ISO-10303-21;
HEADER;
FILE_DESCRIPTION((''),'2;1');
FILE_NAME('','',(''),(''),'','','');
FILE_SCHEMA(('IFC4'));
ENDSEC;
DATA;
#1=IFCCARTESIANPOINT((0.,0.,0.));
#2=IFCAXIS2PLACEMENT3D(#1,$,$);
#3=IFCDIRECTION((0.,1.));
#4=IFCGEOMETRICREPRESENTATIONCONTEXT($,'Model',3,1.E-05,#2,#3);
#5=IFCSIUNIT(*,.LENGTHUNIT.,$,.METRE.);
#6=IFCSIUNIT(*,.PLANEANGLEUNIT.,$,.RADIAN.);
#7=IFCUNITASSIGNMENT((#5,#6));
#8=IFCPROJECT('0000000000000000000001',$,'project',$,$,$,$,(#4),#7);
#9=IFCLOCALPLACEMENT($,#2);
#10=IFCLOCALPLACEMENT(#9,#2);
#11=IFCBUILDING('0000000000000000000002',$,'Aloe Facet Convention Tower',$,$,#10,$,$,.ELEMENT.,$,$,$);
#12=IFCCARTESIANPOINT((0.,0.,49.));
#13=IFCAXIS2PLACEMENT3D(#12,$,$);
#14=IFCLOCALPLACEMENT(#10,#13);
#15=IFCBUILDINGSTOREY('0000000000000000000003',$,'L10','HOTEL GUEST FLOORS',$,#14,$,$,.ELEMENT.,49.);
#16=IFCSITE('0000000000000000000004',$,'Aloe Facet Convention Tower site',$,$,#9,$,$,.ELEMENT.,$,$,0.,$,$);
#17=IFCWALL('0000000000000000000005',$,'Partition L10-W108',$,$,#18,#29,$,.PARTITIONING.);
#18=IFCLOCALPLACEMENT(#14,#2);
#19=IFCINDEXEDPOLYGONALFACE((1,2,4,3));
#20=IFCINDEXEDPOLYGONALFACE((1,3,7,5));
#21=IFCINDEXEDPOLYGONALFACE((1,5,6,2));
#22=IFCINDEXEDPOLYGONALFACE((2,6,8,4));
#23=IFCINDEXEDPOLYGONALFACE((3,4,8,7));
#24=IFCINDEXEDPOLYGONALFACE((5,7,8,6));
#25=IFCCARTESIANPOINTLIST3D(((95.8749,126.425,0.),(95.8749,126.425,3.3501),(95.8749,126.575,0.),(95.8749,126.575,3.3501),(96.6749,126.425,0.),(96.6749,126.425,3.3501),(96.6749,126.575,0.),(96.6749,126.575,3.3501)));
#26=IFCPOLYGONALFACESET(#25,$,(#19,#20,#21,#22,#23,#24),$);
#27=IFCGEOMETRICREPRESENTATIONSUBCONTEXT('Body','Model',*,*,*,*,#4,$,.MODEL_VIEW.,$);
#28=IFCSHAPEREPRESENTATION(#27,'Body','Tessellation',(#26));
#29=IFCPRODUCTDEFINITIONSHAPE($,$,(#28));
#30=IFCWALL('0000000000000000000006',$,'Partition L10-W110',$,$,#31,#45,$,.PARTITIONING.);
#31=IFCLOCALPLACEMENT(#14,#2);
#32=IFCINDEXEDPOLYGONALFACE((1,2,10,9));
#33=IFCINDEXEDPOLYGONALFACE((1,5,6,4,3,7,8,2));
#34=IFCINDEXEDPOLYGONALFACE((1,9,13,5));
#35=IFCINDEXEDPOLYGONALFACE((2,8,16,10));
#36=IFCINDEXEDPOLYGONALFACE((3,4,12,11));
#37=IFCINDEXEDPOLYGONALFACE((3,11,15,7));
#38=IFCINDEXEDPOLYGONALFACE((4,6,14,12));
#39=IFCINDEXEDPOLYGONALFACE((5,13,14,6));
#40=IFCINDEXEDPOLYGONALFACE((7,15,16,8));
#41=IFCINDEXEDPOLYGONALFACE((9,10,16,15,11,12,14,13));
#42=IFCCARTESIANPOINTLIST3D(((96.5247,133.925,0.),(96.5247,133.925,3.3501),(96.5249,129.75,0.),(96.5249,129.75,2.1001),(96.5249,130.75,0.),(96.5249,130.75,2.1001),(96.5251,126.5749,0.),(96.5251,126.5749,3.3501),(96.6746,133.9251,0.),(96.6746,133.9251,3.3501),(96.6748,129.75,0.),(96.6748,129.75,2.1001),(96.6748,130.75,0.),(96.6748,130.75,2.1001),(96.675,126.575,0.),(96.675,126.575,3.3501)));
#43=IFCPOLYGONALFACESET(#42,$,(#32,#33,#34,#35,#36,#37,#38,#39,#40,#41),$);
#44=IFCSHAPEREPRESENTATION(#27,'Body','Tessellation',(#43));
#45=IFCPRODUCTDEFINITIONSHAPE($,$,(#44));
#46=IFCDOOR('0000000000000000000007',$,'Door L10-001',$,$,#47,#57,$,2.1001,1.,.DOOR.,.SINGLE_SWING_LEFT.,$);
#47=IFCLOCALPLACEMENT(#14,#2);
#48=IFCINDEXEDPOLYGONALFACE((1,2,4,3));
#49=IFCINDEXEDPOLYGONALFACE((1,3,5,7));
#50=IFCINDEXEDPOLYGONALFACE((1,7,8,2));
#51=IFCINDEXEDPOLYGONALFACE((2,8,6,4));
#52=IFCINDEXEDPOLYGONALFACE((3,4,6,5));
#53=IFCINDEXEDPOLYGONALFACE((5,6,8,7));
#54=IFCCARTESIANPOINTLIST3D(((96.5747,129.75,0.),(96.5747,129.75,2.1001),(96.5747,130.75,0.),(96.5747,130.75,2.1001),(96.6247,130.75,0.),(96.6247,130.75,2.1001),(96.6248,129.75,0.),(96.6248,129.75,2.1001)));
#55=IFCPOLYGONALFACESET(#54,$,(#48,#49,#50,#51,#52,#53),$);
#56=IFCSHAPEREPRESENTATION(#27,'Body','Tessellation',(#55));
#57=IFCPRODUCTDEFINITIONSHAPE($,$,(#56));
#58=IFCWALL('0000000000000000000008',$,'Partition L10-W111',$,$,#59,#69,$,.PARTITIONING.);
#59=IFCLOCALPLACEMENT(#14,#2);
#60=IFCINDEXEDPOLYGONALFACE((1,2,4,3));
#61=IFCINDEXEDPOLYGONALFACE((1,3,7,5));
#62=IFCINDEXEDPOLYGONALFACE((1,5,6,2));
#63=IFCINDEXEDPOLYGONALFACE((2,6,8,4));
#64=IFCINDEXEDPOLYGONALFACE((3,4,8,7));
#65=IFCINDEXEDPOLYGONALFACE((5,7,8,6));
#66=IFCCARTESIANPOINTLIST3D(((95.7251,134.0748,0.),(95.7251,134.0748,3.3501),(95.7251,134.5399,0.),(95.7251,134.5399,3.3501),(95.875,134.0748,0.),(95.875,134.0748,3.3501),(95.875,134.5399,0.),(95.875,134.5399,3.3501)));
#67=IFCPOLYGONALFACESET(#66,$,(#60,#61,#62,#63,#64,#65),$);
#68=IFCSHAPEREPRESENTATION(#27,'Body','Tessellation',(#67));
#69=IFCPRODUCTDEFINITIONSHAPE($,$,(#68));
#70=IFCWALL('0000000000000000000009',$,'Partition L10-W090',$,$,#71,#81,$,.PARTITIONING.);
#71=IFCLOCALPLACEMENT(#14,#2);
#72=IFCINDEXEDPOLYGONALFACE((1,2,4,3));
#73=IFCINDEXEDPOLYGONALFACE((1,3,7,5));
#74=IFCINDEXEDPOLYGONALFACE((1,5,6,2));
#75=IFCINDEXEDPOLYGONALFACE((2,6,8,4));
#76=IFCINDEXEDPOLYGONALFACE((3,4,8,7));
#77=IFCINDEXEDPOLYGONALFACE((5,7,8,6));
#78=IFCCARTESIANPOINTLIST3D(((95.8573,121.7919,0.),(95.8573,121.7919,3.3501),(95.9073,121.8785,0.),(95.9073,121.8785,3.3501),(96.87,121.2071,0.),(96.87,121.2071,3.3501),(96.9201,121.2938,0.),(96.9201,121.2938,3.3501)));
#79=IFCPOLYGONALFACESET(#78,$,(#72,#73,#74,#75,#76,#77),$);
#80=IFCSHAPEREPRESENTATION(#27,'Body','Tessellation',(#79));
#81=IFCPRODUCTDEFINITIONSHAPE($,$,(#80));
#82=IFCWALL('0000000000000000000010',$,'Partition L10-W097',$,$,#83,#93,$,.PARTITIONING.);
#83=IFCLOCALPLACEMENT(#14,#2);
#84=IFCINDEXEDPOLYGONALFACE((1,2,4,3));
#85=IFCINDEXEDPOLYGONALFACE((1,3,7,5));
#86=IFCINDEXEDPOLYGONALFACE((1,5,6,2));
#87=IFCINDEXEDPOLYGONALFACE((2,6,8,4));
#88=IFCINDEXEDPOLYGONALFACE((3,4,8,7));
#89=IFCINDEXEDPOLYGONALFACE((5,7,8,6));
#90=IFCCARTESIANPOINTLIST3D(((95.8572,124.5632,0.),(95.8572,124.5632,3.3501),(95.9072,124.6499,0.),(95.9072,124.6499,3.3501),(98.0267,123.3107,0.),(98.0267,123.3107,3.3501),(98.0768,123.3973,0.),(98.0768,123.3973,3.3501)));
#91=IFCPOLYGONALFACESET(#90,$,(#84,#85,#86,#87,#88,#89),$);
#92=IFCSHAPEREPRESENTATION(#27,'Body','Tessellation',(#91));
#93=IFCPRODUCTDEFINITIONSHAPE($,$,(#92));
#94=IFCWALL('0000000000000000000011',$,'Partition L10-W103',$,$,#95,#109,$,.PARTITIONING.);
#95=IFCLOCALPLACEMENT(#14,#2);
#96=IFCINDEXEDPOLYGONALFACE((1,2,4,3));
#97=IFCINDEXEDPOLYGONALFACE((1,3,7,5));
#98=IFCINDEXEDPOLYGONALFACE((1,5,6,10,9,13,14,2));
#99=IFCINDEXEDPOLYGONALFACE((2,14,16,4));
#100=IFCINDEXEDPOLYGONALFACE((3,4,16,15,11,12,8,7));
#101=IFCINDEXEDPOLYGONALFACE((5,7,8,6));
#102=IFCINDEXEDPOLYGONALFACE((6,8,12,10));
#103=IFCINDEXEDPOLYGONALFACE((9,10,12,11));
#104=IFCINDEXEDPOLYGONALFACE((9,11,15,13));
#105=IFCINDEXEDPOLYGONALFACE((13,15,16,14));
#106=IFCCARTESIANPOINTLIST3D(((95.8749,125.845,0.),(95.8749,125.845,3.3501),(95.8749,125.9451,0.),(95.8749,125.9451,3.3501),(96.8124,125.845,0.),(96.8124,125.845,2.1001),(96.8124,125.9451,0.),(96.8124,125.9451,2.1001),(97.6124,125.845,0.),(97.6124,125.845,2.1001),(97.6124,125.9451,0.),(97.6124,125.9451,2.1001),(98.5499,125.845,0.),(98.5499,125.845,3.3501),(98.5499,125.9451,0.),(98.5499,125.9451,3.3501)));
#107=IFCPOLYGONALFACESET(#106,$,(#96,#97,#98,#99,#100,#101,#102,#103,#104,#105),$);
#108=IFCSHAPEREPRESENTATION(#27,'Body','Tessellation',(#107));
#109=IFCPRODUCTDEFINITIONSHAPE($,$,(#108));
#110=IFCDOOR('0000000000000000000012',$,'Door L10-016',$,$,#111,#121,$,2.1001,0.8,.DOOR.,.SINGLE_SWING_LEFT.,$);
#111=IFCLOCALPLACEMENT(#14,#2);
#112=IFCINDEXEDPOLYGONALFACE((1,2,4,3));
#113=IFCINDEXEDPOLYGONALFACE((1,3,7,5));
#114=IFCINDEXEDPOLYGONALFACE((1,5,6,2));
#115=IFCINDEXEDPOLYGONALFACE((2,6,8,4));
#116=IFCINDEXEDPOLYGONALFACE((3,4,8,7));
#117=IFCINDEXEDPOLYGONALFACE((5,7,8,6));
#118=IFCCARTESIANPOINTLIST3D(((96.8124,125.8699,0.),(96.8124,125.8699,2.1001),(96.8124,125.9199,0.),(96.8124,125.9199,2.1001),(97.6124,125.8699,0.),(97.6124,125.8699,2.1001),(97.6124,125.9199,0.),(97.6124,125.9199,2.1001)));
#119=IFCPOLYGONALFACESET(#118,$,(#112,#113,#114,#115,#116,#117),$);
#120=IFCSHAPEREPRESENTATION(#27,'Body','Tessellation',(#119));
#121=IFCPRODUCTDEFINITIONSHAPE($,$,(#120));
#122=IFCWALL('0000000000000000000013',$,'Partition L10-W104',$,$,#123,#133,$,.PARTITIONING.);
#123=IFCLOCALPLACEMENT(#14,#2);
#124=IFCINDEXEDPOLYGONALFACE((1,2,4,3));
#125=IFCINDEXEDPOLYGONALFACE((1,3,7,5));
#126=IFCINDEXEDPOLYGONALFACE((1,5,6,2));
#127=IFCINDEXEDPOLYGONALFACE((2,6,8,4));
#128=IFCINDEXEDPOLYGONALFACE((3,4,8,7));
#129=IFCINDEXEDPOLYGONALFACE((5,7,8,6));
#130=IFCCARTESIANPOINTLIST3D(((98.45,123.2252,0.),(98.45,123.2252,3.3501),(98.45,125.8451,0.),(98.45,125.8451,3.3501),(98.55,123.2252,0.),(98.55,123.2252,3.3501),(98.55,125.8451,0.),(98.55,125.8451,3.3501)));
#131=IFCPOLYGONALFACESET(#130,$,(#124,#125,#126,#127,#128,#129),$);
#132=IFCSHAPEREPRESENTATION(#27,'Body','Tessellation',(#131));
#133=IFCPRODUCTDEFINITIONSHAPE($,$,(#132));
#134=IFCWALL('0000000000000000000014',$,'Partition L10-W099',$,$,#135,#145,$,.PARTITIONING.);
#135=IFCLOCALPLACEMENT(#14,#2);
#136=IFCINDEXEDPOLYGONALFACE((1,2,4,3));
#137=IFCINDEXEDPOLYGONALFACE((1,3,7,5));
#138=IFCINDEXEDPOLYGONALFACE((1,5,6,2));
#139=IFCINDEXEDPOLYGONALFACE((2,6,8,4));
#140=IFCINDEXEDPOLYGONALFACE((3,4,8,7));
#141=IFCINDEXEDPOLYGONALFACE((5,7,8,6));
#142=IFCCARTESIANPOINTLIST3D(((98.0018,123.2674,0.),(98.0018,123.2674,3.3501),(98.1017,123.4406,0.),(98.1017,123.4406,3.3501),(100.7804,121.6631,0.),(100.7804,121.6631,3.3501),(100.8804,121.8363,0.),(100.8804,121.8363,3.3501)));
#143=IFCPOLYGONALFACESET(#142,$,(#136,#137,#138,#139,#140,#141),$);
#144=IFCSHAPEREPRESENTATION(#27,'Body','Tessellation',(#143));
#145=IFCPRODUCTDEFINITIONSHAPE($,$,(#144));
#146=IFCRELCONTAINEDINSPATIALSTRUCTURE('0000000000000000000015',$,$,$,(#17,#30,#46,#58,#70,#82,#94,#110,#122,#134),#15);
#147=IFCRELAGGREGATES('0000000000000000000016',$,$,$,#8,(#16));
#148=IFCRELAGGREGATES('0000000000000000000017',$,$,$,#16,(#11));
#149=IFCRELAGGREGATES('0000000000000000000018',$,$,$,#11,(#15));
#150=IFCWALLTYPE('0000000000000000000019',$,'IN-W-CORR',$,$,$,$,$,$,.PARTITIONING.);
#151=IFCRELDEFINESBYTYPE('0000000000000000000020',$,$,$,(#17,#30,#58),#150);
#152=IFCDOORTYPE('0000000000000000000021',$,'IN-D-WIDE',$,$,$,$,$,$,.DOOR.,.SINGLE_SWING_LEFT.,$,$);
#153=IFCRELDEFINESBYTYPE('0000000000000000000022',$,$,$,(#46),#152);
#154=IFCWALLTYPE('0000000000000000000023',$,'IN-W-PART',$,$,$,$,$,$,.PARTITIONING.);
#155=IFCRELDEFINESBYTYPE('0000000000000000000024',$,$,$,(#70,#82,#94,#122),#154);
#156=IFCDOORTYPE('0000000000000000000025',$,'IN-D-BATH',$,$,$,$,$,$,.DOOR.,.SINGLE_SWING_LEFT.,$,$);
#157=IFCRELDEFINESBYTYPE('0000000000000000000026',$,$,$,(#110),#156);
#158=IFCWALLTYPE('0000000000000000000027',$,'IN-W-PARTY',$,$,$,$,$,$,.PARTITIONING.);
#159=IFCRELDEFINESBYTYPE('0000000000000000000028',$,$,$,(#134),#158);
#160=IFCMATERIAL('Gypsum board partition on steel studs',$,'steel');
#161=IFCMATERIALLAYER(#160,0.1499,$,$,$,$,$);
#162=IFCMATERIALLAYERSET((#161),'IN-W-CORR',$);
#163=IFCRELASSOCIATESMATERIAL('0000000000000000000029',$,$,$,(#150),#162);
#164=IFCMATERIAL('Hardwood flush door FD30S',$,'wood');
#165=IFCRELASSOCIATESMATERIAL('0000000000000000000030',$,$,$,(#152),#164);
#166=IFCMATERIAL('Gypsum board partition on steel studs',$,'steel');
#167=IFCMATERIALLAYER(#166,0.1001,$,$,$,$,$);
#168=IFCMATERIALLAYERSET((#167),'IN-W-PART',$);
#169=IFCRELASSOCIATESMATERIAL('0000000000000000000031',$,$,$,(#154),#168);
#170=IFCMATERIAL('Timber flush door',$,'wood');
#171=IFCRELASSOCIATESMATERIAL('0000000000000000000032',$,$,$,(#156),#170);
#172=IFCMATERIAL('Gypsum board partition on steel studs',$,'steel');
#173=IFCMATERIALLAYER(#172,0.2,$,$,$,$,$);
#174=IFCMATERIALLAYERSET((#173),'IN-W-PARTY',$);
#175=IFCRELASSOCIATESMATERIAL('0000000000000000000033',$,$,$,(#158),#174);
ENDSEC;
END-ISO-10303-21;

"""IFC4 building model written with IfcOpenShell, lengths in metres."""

from ifc_helpers import new_model, si_unit, direction, frame, frame_2d, origin, place, context, subcontext, project, spatial, rectangle, extrude, material, layer, layer_set, type_object, element, fill, save


model = new_model("IFC4")

# Units and contexts
model_context = context("Model", 3, precision=1e-05, world=origin(), true_north=direction((0.0, 1.0)))
body_context = subcontext(model_context, "Body", "Model", "MODEL_VIEW")
ifc_project = project(units=[si_unit("LENGTHUNIT", "METRE"), si_unit("PLANEANGLEUNIT", "RADIAN")], contexts=[model_context])

# Site, building, storey
site_placement = place(None, origin())
site = spatial("IfcSite", under=ifc_project, at=site_placement, Name="Aloe Facet Convention Tower site", CompositionType="ELEMENT", RefElevation=0.0)
building_placement = place(site_placement, origin())
building = spatial("IfcBuilding", under=site, at=building_placement, Name="Aloe Facet Convention Tower", CompositionType="ELEMENT")
storey_placement = place(building_placement, frame((0.0, 0.0, 49.0)))
storey = spatial("IfcBuildingStorey", under=building, at=storey_placement, Name="L10", Description="HOTEL GUEST FLOORS", CompositionType="ELEMENT", Elevation=49.0)

# Wall
ifc_material_1 = material(Name="Gypsum board partition on steel studs", Category="steel")
ifc_layer_1 = layer(ifc_material_1, 0.1499)
ifc_layer_set_1 = layer_set([ifc_layer_1], Name="IN-W-CORR")
wall_type_1 = type_object("IfcWallType", Name="IN-W-CORR", PredefinedType="PARTITIONING", material=ifc_layer_set_1)
wall_1_placement = place(storey_placement, frame((95.875, 126.5, 0.0), z_axis=(0.0, 0.0, 1.0), x_axis=(1.0, 0.0, 0.0)))
element("IfcWall", 1, at=wall_1_placement, inside=storey, type_object=wall_type_1, Name="Partition L10-W108", PredefinedType="PARTITIONING", context=body_context, shape_type="SweptSolid", body=[
    extrude(rectangle(XDim=0.8, YDim=0.1499, at=frame_2d((0.3999, 0.0))), origin(), (0.0, 0.0, 1.0), 3.3501),
])

# Wall, opening, door
wall_2_placement = place(storey_placement, frame((96.5996, 133.925, 0.0), z_axis=(0.0, 0.0, 1.0), x_axis=(0.000066, -1.0, 0.0)))
wall_2 = element("IfcWall", 2, at=wall_2_placement, inside=storey, type_object=wall_type_1, Name="Partition L10-W110", PredefinedType="PARTITIONING", context=body_context, shape_type="SweptSolid", body=[
    extrude(rectangle(XDim=7.3501, YDim=0.1499, at=frame_2d((3.675, 0.0))), origin(), (0.0, 0.0, 1.0), 3.3501),
])
opening_1_placement = place(wall_2_placement, frame((3.175, 0.0, 0.0)))
opening_1 = element("IfcOpeningElement", 3, at=opening_1_placement, cuts=wall_2, PredefinedType="OPENING", context=body_context, shape_type="SweptSolid", body=[
    extrude(rectangle(XDim=1.0, YDim=2.1001, at=frame_2d((0.5, 1.05))), frame((0.0, 0.085, 0.0), z_axis=(0.0, -1.0, 0.0), x_axis=(1.0, 0.0, 0.0)), (0.0, 0.0, 1.0), 0.1699),
])
ifc_material_2 = material(Name="Hardwood flush door FD30S", Category="wood")
door_type_1 = type_object("IfcDoorType", Name="IN-D-WIDE", OperationType="SINGLE_SWING_LEFT", PredefinedType="DOOR", material=ifc_material_2)
door_1_placement = place(opening_1_placement, origin())
door_1 = element("IfcDoor", 4, at=door_1_placement, inside=storey, type_object=door_type_1, Name="Door L10-001", OperationType="SINGLE_SWING_LEFT", OverallHeight=2.1001, OverallWidth=1.0, PredefinedType="DOOR", context=body_context, shape_type="SweptSolid", body=[
    extrude(rectangle(XDim=1.0, YDim=2.1001, at=frame_2d((0.5, 1.05))), frame((0.0, 0.0249, 0.0), z_axis=(0.0, -1.0, 0.0), x_axis=(1.0, 0.0, 0.0)), (0.0, 0.0, 1.0), 0.05),
])
fill(opening_1, door_1)

# Walls
wall_3_placement = place(storey_placement, frame((95.8, 134.075, 0.0), z_axis=(0.0, 0.0, 1.0), x_axis=(0.0, 1.0, 0.0)))
element("IfcWall", 5, at=wall_3_placement, inside=storey, type_object=wall_type_1, Name="Partition L10-W111", PredefinedType="PARTITIONING", context=body_context, shape_type="SweptSolid", body=[
    extrude(rectangle(XDim=0.4651, YDim=0.1499, at=frame_2d((0.2324, 0.0))), origin(), (0.0, 0.0, 1.0), 3.3501),
])
ifc_material_3 = material(Name="Gypsum board partition on steel studs", Category="steel")
ifc_layer_2 = layer(ifc_material_3, 0.1001)
ifc_layer_set_2 = layer_set([ifc_layer_2], Name="IN-W-PART")
wall_type_2 = type_object("IfcWallType", Name="IN-W-PART", PredefinedType="PARTITIONING", material=ifc_layer_set_2)
wall_4_placement = place(storey_placement, frame((95.8823, 121.8352, 0.0), z_axis=(0.0, 0.0, 1.0), x_axis=(0.866012, -0.500024, 0.0)))
element("IfcWall", 6, at=wall_4_placement, inside=storey, type_object=wall_type_2, Name="Partition L10-W090", PredefinedType="PARTITIONING", context=body_context, shape_type="SweptSolid", body=[
    extrude(rectangle(XDim=1.1694, YDim=0.1001, at=frame_2d((0.5847, 0.0))), origin(), (0.0, 0.0, 1.0), 3.3501),
])
wall_5_placement = place(storey_placement, frame((95.8823, 124.6064, 0.0), z_axis=(0.0, 0.0, 1.0), x_axis=(0.86604, -0.499976, 0.0)))
element("IfcWall", 7, at=wall_5_placement, inside=storey, type_object=wall_type_2, Name="Partition L10-W097", PredefinedType="PARTITIONING", context=body_context, shape_type="SweptSolid", body=[
    extrude(rectangle(XDim=2.5051, YDim=0.1001, at=frame_2d((1.2524, 0.0))), origin(), (0.0, 0.0, 1.0), 3.3501),
])

# Wall, opening, door
wall_6_placement = place(storey_placement, frame((95.875, 125.895, 0.0), z_axis=(0.0, 0.0, 1.0), x_axis=(1.0, 0.0, 0.0)))
wall_6 = element("IfcWall", 8, at=wall_6_placement, inside=storey, type_object=wall_type_2, Name="Partition L10-W103", PredefinedType="PARTITIONING", context=body_context, shape_type="SweptSolid", body=[
    extrude(rectangle(XDim=2.675, YDim=0.1001, at=frame_2d((1.3374, 0.0))), origin(), (0.0, 0.0, 1.0), 3.3501),
])
opening_2_placement = place(wall_6_placement, frame((0.9375, 0.0, 0.0)))
opening_2 = element("IfcOpeningElement", 9, at=opening_2_placement, cuts=wall_6, PredefinedType="OPENING", context=body_context, shape_type="SweptSolid", body=[
    extrude(rectangle(XDim=0.8, YDim=2.1001, at=frame_2d((0.3999, 1.05))), frame((0.0, 0.0601, 0.0), z_axis=(0.0, -1.0, 0.0), x_axis=(1.0, 0.0, 0.0)), (0.0, 0.0, 1.0), 0.1201),
])
ifc_material_4 = material(Name="Timber flush door", Category="wood")
door_type_2 = type_object("IfcDoorType", Name="IN-D-BATH", OperationType="SINGLE_SWING_LEFT", PredefinedType="DOOR", material=ifc_material_4)
door_2_placement = place(opening_2_placement, origin())
door_2 = element("IfcDoor", 10, at=door_2_placement, inside=storey, type_object=door_type_2, Name="Door L10-016", OperationType="SINGLE_SWING_LEFT", OverallHeight=2.1001, OverallWidth=0.8, PredefinedType="DOOR", context=body_context, shape_type="SweptSolid", body=[
    extrude(rectangle(XDim=0.8, YDim=2.1001, at=frame_2d((0.3999, 1.05))), frame((0.0, 0.0249, 0.0), z_axis=(0.0, -1.0, 0.0), x_axis=(1.0, 0.0, 0.0)), (0.0, 0.0, 1.0), 0.05),
])
fill(opening_2, door_2)

# Walls
wall_7_placement = place(storey_placement, frame((98.5, 123.2251, 0.0), z_axis=(0.0, 0.0, 1.0), x_axis=(0.0, 1.0, 0.0)))
element("IfcWall", 11, at=wall_7_placement, inside=storey, type_object=wall_type_2, Name="Partition L10-W104", PredefinedType="PARTITIONING", context=body_context, shape_type="SweptSolid", body=[
    extrude(rectangle(XDim=2.6199, YDim=0.1001, at=frame_2d((1.3101, 0.0))), origin(), (0.0, 0.0, 1.0), 3.3501),
])
ifc_material_5 = material(Name="Gypsum board partition on steel studs", Category="steel")
ifc_layer_3 = layer(ifc_material_5, 0.2)
ifc_layer_set_3 = layer_set([ifc_layer_3], Name="IN-W-PARTY")
wall_type_3 = type_object("IfcWallType", Name="IN-W-PARTY", PredefinedType="PARTITIONING", material=ifc_layer_set_3)
wall_8_placement = place(storey_placement, frame((98.0518, 123.354, 0.0), z_axis=(0.0, 0.0, 1.0), x_axis=(0.86602, -0.50001, 0.0)))
element("IfcWall", 12, at=wall_8_placement, inside=storey, type_object=wall_type_3, Name="Partition L10-W099", PredefinedType="PARTITIONING", context=body_context, shape_type="SweptSolid", body=[
    extrude(rectangle(XDim=3.2085, YDim=0.2, at=frame_2d((1.6042, 0.0))), origin(), (0.0, 0.0, 1.0), 3.3501),
])

save(model, "model.ifc")
